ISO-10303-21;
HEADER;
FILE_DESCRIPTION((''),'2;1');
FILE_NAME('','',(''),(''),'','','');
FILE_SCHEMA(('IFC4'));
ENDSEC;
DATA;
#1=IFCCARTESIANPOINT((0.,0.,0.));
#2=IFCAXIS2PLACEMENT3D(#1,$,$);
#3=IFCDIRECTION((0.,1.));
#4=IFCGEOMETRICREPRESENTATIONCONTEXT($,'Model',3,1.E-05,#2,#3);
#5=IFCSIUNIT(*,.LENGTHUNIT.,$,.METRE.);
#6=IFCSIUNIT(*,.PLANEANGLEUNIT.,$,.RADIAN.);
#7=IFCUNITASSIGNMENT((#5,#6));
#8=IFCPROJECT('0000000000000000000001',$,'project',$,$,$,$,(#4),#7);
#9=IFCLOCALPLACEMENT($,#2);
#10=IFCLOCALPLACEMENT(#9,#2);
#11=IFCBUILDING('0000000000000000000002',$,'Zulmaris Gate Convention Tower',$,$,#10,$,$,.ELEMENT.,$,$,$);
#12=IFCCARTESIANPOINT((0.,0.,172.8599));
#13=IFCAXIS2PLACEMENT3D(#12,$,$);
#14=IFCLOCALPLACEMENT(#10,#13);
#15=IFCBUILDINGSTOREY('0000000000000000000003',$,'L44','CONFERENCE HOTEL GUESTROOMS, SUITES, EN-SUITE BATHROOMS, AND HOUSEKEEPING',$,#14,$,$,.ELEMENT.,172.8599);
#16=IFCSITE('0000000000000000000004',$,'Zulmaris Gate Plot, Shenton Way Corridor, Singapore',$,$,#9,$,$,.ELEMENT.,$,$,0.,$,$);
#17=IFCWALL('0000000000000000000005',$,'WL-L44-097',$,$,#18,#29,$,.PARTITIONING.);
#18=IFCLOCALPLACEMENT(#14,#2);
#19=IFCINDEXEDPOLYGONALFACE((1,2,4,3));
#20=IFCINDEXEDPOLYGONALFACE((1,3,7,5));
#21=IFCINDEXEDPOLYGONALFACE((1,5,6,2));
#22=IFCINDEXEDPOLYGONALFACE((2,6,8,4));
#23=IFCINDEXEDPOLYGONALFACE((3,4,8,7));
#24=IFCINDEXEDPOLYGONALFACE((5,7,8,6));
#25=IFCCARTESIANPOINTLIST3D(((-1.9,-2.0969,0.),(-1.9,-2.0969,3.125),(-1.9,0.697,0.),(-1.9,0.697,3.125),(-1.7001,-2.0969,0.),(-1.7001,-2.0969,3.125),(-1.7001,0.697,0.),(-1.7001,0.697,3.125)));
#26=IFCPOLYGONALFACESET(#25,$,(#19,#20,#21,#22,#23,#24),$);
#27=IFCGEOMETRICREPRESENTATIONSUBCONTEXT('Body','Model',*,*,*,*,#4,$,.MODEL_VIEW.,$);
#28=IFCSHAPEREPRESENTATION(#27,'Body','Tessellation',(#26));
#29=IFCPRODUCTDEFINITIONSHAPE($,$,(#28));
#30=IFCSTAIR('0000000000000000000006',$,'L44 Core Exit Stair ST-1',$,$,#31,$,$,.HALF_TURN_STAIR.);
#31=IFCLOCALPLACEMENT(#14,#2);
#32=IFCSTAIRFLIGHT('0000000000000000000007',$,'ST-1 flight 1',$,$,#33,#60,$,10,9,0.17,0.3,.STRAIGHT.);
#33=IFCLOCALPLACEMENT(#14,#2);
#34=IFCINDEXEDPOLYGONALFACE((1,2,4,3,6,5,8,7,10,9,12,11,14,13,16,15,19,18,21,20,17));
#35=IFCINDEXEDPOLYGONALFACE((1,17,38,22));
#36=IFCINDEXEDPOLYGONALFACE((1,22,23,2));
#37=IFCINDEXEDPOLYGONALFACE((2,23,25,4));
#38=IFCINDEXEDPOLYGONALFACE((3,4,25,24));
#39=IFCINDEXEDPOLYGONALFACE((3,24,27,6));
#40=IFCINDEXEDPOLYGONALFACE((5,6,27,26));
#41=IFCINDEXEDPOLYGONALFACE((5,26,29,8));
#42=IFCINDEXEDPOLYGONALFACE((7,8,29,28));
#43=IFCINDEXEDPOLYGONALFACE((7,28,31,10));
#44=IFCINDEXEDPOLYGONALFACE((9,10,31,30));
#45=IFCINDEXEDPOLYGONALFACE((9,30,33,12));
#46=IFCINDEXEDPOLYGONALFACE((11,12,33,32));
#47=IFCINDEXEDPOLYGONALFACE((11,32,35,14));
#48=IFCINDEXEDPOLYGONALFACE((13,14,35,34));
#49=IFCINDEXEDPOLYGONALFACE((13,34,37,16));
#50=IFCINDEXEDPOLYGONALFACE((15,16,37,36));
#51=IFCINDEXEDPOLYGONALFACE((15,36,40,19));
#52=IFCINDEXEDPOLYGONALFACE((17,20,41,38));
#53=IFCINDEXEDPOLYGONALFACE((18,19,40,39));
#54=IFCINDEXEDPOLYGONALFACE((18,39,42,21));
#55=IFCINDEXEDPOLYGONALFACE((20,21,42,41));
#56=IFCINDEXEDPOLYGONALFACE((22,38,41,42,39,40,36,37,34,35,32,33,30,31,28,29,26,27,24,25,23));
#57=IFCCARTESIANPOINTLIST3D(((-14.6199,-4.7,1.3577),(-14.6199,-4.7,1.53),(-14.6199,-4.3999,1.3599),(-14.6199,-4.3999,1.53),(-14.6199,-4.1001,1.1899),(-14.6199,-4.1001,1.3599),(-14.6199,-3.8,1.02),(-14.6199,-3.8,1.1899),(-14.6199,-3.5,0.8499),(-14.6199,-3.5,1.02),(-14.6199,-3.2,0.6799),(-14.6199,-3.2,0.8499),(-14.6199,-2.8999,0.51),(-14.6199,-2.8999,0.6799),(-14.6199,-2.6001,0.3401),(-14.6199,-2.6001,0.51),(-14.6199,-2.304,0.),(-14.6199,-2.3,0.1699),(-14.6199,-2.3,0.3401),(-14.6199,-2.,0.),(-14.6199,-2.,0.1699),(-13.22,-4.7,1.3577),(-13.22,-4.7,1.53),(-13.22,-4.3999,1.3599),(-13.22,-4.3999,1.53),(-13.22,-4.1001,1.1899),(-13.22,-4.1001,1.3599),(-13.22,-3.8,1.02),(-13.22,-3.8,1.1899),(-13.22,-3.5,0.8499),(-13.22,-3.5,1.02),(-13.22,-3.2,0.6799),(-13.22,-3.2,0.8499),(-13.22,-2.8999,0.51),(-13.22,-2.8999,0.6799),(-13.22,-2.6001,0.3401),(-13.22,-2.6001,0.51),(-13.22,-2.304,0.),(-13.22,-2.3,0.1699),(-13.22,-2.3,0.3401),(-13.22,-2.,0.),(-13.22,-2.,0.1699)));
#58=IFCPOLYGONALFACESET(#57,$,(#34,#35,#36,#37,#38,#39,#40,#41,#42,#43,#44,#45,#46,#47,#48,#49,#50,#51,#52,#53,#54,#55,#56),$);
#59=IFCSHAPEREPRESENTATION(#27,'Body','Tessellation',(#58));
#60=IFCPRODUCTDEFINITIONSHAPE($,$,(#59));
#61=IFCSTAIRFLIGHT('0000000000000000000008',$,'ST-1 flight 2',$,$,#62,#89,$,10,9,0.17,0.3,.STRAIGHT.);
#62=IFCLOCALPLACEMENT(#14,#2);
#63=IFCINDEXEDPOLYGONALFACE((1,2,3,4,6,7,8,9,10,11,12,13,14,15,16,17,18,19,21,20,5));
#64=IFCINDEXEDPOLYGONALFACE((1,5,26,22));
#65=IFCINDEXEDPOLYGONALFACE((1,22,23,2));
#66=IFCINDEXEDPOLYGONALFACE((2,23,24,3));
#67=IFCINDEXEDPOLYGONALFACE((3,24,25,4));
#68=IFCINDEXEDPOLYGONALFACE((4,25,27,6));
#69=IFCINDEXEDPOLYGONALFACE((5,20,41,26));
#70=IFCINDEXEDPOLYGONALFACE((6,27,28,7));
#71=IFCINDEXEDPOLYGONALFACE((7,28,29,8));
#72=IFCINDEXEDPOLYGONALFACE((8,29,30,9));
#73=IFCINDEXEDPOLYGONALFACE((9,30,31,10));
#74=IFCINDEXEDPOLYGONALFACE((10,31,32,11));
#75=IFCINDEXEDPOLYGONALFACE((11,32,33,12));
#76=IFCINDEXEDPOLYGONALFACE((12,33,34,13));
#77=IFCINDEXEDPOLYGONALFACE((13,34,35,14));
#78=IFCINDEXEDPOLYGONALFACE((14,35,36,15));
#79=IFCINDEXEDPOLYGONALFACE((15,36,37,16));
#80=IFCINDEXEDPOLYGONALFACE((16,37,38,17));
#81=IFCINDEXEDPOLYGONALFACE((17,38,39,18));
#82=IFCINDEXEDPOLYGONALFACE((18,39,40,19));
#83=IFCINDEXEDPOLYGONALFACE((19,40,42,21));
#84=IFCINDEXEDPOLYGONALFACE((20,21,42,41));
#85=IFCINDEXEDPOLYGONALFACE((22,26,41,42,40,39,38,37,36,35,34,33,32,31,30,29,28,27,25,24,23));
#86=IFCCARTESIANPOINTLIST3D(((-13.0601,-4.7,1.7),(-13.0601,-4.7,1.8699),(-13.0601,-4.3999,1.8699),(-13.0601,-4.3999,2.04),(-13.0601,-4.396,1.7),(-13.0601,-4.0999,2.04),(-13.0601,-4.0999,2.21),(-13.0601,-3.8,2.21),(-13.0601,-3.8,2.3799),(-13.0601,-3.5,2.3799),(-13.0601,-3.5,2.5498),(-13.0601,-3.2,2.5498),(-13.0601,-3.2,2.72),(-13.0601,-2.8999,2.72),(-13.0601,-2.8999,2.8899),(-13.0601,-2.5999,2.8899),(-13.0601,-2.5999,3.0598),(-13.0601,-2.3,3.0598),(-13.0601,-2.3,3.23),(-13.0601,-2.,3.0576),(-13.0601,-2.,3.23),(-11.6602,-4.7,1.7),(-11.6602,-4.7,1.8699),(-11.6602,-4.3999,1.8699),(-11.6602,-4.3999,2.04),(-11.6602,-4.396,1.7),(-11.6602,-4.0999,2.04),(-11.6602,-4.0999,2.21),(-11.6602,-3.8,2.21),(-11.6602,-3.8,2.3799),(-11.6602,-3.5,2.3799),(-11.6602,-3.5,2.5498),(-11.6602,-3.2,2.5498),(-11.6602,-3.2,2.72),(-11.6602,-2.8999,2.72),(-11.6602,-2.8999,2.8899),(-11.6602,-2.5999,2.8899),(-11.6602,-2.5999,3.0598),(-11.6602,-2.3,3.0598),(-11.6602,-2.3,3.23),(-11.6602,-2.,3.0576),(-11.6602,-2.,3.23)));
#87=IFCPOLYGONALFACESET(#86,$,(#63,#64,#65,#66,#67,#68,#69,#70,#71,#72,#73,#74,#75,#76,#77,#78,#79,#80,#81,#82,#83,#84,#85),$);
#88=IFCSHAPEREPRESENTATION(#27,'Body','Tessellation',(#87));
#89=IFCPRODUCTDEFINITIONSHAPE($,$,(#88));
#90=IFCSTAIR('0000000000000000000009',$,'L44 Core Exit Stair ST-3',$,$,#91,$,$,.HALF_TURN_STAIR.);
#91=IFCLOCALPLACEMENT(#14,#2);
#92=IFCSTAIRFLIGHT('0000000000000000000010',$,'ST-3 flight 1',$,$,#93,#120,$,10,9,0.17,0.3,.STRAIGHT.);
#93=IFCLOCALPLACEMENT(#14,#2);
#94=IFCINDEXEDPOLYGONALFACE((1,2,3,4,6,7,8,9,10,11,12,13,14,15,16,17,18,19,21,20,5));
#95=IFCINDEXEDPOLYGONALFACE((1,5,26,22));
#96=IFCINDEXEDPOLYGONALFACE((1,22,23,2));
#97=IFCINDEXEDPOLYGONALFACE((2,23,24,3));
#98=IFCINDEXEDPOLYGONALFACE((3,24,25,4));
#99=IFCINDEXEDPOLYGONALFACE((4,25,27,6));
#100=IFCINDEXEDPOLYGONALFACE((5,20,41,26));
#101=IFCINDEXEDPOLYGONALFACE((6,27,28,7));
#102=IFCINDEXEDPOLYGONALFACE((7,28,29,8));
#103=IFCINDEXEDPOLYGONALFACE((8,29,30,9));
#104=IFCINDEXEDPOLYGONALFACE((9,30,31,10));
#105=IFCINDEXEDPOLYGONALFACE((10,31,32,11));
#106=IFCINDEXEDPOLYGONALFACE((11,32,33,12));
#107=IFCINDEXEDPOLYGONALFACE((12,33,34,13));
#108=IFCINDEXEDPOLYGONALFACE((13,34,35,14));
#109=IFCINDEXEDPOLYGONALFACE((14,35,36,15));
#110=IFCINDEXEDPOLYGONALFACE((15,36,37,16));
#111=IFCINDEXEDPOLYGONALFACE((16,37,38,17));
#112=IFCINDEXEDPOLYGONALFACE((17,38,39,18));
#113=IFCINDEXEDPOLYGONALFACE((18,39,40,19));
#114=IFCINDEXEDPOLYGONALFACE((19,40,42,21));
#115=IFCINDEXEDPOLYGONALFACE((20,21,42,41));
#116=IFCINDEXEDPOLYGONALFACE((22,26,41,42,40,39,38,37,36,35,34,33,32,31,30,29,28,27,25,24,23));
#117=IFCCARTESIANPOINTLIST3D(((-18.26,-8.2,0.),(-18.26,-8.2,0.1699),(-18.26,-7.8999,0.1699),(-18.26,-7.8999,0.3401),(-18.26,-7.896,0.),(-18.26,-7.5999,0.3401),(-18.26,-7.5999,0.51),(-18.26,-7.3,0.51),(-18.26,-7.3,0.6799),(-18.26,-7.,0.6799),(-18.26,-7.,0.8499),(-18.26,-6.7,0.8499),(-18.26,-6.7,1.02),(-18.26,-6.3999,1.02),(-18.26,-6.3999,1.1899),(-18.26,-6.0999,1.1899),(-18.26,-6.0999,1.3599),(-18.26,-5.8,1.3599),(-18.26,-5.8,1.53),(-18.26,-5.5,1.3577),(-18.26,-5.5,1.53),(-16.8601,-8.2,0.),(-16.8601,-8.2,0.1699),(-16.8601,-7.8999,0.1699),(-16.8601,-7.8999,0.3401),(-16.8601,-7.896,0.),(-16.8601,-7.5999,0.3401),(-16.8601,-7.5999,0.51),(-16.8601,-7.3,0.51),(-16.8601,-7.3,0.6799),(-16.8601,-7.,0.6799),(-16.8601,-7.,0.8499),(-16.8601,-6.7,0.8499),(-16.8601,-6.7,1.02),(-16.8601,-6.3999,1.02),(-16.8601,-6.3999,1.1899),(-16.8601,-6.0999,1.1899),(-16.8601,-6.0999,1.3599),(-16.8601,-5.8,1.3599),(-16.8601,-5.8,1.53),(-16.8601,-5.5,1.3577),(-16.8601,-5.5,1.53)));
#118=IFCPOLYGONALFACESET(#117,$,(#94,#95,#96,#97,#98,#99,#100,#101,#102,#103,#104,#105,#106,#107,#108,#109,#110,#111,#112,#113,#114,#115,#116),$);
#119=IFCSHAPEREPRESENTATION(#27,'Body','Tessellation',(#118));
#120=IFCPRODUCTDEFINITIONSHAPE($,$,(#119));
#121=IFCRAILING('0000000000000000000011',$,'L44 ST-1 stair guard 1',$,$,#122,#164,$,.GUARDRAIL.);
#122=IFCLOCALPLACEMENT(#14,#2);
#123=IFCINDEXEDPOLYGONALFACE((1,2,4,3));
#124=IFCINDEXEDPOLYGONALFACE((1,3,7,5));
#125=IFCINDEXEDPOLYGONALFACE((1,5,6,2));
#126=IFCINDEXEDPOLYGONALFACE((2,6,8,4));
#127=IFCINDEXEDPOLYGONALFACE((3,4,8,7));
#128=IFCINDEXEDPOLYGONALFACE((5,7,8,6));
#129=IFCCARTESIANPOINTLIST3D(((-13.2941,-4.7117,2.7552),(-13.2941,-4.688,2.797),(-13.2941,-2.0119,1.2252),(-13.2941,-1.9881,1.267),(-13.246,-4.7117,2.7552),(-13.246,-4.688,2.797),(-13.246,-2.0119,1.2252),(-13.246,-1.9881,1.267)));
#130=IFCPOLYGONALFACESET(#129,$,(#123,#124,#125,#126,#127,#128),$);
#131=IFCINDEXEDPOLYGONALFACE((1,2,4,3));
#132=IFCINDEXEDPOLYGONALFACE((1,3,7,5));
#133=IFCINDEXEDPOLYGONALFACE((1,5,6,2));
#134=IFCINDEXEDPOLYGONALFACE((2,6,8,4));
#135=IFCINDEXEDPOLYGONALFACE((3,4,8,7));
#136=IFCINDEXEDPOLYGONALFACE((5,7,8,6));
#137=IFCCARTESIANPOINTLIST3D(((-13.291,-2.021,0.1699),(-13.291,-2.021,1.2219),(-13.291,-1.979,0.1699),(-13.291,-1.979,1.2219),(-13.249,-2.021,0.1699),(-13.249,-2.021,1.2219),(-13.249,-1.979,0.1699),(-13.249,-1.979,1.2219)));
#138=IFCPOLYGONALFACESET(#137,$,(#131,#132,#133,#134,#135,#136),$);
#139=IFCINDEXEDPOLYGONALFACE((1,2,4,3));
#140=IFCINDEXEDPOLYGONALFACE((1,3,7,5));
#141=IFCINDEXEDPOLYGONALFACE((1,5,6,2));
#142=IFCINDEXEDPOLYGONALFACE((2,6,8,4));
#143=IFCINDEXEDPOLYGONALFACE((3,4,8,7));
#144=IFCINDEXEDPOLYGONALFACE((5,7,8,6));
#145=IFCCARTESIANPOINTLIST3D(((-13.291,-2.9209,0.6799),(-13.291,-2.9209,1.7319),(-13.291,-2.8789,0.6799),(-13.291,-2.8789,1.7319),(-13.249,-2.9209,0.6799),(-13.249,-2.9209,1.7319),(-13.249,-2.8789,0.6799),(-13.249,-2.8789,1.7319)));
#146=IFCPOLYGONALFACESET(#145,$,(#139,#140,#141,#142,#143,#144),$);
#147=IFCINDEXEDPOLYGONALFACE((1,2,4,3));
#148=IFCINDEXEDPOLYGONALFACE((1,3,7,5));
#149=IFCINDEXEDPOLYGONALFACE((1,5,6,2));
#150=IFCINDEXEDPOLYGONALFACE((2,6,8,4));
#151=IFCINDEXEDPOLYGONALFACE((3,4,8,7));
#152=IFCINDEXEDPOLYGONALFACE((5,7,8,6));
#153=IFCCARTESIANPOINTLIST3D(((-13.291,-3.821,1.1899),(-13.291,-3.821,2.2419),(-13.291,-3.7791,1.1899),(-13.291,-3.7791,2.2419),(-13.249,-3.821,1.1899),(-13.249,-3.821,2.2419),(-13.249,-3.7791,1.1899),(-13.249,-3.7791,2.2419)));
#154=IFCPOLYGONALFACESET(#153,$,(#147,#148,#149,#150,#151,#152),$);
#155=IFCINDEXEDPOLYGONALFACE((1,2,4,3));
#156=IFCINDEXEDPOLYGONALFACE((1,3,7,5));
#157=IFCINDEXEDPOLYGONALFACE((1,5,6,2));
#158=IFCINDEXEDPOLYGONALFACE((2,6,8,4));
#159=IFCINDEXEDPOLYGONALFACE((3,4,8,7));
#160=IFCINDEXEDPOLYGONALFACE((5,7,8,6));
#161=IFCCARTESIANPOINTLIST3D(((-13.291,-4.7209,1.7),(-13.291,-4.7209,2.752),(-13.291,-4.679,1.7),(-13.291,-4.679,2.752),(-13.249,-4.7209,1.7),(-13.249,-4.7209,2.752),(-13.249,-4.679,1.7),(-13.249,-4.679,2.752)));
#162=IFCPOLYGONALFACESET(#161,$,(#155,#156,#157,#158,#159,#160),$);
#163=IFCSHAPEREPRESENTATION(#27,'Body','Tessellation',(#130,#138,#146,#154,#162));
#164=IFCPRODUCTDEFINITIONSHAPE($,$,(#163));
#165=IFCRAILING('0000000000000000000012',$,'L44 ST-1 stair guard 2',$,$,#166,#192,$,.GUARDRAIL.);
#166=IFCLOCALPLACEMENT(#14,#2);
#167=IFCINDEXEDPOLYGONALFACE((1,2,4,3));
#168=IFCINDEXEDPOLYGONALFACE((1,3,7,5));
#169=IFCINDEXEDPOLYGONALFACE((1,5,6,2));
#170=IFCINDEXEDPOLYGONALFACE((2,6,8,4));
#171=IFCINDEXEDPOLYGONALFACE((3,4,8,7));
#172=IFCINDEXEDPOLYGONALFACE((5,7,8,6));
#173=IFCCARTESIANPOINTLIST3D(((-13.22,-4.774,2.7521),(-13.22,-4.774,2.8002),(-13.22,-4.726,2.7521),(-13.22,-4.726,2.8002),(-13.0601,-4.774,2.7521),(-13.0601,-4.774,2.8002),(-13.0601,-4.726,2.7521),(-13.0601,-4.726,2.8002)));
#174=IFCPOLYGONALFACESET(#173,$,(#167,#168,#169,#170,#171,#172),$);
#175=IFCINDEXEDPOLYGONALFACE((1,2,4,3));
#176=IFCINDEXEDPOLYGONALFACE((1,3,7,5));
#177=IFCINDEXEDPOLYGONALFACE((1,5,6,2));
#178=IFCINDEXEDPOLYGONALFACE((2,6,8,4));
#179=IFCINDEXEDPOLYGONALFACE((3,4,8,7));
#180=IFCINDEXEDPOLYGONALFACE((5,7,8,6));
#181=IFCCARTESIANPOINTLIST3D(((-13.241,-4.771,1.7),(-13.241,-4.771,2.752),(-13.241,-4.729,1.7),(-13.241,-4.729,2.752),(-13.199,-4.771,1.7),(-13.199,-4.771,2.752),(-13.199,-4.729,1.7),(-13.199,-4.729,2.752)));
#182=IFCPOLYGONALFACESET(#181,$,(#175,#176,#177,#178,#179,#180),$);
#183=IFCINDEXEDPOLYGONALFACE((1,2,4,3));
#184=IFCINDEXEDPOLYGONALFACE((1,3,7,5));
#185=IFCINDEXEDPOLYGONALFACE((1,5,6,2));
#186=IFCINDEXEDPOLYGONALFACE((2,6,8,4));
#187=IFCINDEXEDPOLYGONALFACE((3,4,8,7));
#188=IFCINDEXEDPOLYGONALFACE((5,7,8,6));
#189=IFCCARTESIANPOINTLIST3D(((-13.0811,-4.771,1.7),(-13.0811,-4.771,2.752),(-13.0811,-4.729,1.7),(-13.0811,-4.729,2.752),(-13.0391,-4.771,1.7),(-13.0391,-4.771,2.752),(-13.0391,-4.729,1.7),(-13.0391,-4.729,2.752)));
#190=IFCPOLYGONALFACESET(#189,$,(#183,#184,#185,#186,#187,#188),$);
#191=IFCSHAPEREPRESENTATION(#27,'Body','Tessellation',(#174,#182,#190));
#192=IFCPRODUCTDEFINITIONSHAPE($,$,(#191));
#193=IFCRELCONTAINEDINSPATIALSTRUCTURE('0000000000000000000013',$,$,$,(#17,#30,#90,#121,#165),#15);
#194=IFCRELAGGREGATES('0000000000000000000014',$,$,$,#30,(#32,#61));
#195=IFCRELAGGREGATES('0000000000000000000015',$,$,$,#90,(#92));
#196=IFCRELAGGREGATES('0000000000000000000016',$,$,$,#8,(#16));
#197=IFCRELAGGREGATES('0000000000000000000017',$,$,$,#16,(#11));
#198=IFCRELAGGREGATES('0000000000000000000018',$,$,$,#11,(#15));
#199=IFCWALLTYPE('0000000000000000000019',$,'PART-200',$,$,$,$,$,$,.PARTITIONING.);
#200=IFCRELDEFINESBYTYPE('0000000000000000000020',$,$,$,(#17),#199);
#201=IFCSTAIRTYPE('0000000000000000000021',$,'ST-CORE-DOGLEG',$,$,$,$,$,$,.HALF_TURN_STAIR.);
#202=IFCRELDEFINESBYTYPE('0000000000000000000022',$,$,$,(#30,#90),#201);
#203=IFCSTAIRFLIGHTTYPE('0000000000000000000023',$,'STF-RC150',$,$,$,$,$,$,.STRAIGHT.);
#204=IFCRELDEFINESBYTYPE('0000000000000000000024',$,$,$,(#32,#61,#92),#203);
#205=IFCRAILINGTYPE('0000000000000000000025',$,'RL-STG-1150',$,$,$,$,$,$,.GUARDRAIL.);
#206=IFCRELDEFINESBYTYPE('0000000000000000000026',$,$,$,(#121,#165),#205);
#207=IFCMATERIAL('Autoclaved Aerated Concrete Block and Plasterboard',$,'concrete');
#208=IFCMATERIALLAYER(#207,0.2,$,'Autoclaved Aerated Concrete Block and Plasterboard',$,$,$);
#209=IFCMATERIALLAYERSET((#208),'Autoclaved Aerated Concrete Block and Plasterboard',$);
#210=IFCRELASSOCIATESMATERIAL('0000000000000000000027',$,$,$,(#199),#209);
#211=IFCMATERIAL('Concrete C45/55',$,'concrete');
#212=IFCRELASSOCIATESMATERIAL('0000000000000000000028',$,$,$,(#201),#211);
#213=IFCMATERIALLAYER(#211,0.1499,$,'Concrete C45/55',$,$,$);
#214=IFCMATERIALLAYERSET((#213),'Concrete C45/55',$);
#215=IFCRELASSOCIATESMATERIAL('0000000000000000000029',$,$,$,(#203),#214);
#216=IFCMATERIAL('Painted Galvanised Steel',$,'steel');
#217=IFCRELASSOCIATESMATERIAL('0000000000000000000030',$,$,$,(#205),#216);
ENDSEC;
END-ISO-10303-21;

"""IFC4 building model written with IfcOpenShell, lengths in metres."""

from ifc_helpers import new_model, si_unit, direction, frame, frame_2d, origin, origin_2d, place, context, subcontext, project, spatial, polyline, rectangle, outline, extrude, material, layer, layer_set, type_object, element, aggregate, save


model = new_model("IFC4")

# Units and contexts
model_context = context("Model", 3, precision=1e-05, world=origin(), true_north=direction((0.0, 1.0)))
body_context = subcontext(model_context, "Body", "Model", "MODEL_VIEW")
ifc_project = project(units=[si_unit("LENGTHUNIT", "METRE"), si_unit("PLANEANGLEUNIT", "RADIAN")], contexts=[model_context])

# Site, building, storey
site_placement = place(None, origin())
site = spatial("IfcSite", under=ifc_project, at=site_placement, Name="Zulmaris Gate Plot, Shenton Way Corridor, Singapore", CompositionType="ELEMENT", RefElevation=0.0)
building_placement = place(site_placement, origin())
building = spatial("IfcBuilding", under=site, at=building_placement, Name="Zulmaris Gate Convention Tower", CompositionType="ELEMENT")
storey_placement = place(building_placement, frame((0.0, 0.0, 172.8599)))
storey = spatial("IfcBuildingStorey", under=building, at=storey_placement, Name="L44", Description="CONFERENCE HOTEL GUESTROOMS, SUITES, EN-SUITE BATHROOMS, AND HOUSEKEEPING", CompositionType="ELEMENT", Elevation=172.8599)

# Wall
ifc_material_1 = material(Name="Autoclaved Aerated Concrete Block and Plasterboard", Category="concrete")
ifc_layer_1 = layer(ifc_material_1, 0.2, Name="Autoclaved Aerated Concrete Block and Plasterboard")
ifc_layer_set_1 = layer_set([ifc_layer_1], Name="Autoclaved Aerated Concrete Block and Plasterboard")
wall_type_1 = type_object("IfcWallType", Name="PART-200", PredefinedType="PARTITIONING", material=ifc_layer_set_1)
for number, where, z_axis, x_axis, name in (
    (1, (-1.8, -2.0969, 0.0), (0.0, 0.0, 1.0), (0.0, 1.0, 0.0), "WL-L44-097"),
):
    element("IfcWall", number, at=place(storey_placement, frame(where, z_axis=z_axis, x_axis=x_axis)), inside=storey, type_object=wall_type_1, Name=name, PredefinedType="PARTITIONING", context=body_context, shape_type="SweptSolid", body=[
        extrude(rectangle(XDim=2.7939, YDim=0.2, at=frame_2d((1.397, 0.0))), origin(), (0.0, 0.0, 1.0), 3.125),
    ])

# Stair, stair flights
ifc_material_2 = material(Name="Concrete C45/55", Category="concrete")
stair_type = type_object("IfcStairType", Name="ST-CORE-DOGLEG", PredefinedType="HALF_TURN_STAIR", material=ifc_material_2)
stair_1_placement = place(storey_placement, origin())
stair_1 = element("IfcStair", 2, at=stair_1_placement, inside=storey, type_object=stair_type, Name="L44 Core Exit Stair ST-1", PredefinedType="HALF_TURN_STAIR")
ifc_layer_2 = layer(ifc_material_2, 0.1499, Name="Concrete C45/55")
ifc_layer_set_2 = layer_set([ifc_layer_2], Name="Concrete C45/55")
stair_flight_type = type_object("IfcStairFlightType", Name="STF-RC150", PredefinedType="STRAIGHT", material=ifc_layer_set_2)
stair_flight_1_placement = place(storey_placement, frame((-13.9199, -2.0, 0.0), z_axis=(0.0, 0.0, 1.0), x_axis=(0.0, -1.0, 0.0)))
stair_flight_1 = element("IfcStairFlight", 3, at=stair_flight_1_placement, type_object=stair_flight_type, Name="ST-1 flight 1", NumberOfRisers=10, NumberOfTreads=9, PredefinedType="STRAIGHT", RiserHeight=0.17, TreadLength=0.3, context=body_context, shape_type="SweptSolid", body=[
    extrude(outline(polyline([(0.0, 0.0), (0.0, 0.1699), (0.3, 0.1699), (0.3, 0.3401), (0.6001, 0.3401), (0.6001, 0.51), (0.8999, 0.51), (0.8999, 0.6799), (1.2, 0.6799), (1.2, 0.8499), (1.5, 0.8499), (1.5, 1.02), (1.8, 1.02), (1.8, 1.1899), (2.1001, 1.1899), (2.1001, 1.3599), (2.3999, 1.3599), (2.3999, 1.53), (2.7, 1.53), (2.7, 1.7), (2.7, 1.3577), (0.304, 0.0), (0.0, 0.0)])), frame((0.0, 0.7, 0.0), z_axis=(0.0, -1.0, 0.0), x_axis=(1.0, 0.0, 0.0)), (0.0, 0.0, 1.0), 1.3999),
])
stair_flight_2_placement = place(storey_placement, frame((-12.3601, -4.7, 1.7), z_axis=(0.0, 0.0, 1.0), x_axis=(0.0, 1.0, 0.0)))
stair_flight_2 = element("IfcStairFlight", 4, at=stair_flight_2_placement, type_object=stair_flight_type, Name="ST-1 flight 2", NumberOfRisers=10, NumberOfTreads=9, PredefinedType="STRAIGHT", RiserHeight=0.17, TreadLength=0.3, context=body_context, shape_type="SweptSolid", body=[
    extrude(outline(polyline([(0.0, 0.0), (0.0, 0.1699), (0.3, 0.1699), (0.3, 0.3401), (0.6001, 0.3401), (0.6001, 0.51), (0.8999, 0.51), (0.8999, 0.6799), (1.2, 0.6799), (1.2, 0.8499), (1.5, 0.8499), (1.5, 1.02), (1.8, 1.02), (1.8, 1.1899), (2.1001, 1.1899), (2.1001, 1.3599), (2.3999, 1.3599), (2.3999, 1.53), (2.7, 1.53), (2.7, 1.7), (2.7, 1.3577), (0.304, 0.0), (0.0, 0.0)])), frame((0.0, 0.7, 0.0), z_axis=(0.0, -1.0, 0.0), x_axis=(1.0, 0.0, 0.0)), (0.0, 0.0, 1.0), 1.3999),
])
aggregate(stair_1, [stair_flight_1, stair_flight_2])

# Stair, stair flight
stair_2_placement = place(storey_placement, origin())
stair_2 = element("IfcStair", 5, at=stair_2_placement, inside=storey, type_object=stair_type, Name="L44 Core Exit Stair ST-3", PredefinedType="HALF_TURN_STAIR")
stair_flight_3_placement = place(storey_placement, frame((-17.5601, -8.2, 0.0), z_axis=(0.0, 0.0, 1.0), x_axis=(0.0, 1.0, 0.0)))
stair_flight_3 = element("IfcStairFlight", 6, at=stair_flight_3_placement, type_object=stair_flight_type, Name="ST-3 flight 1", NumberOfRisers=10, NumberOfTreads=9, PredefinedType="STRAIGHT", RiserHeight=0.17, TreadLength=0.3, context=body_context, shape_type="SweptSolid", body=[
    extrude(outline(polyline([(0.0, 0.0), (0.0, 0.1699), (0.3, 0.1699), (0.3, 0.3401), (0.6001, 0.3401), (0.6001, 0.51), (0.8999, 0.51), (0.8999, 0.6799), (1.2, 0.6799), (1.2, 0.8499), (1.5, 0.8499), (1.5, 1.02), (1.8, 1.02), (1.8, 1.1899), (2.1001, 1.1899), (2.1001, 1.3599), (2.3999, 1.3599), (2.3999, 1.53), (2.7, 1.53), (2.7, 1.7), (2.7, 1.3577), (0.304, 0.0), (0.0, 0.0)])), frame((0.0, 0.7, 0.0), z_axis=(0.0, -1.0, 0.0), x_axis=(1.0, 0.0, 0.0)), (0.0, 0.0, 1.0), 1.3999),
])
aggregate(stair_2, [stair_flight_3])

# Railings
ifc_material_3 = material(Name="Painted Galvanised Steel", Category="steel")
railing_type_1 = type_object("IfcRailingType", Name="RL-STG-1150", PredefinedType="GUARDRAIL", material=ifc_material_3)
railing_1_placement = place(storey_placement, frame((-13.27, -2.0, 0.1699)))
element("IfcRailing", 7, at=railing_1_placement, inside=storey, type_object=railing_type_1, Name="L44 ST-1 stair guard 1", PredefinedType="GUARDRAIL", context=body_context, shape_type="SweptSolid", body=[
    extrude(rectangle(XDim=0.0481, YDim=0.0481, at=origin_2d()), frame((0.0, 0.0, 1.0762), z_axis=(0.0, -0.870014, 0.493026), x_axis=(1.0, 0.0, 0.0)), (0.0, 0.0, 1.0), 3.1033),
    extrude(rectangle(XDim=0.042, YDim=0.042, at=origin_2d()), origin(), (0.0, 0.0, 1.0), 1.052),
    extrude(rectangle(XDim=0.042, YDim=0.042, at=origin_2d()), frame((0.0, -0.8999, 0.51)), (0.0, 0.0, 1.0), 1.052),
    extrude(rectangle(XDim=0.042, YDim=0.042, at=origin_2d()), frame((0.0, -1.8, 1.02)), (0.0, 0.0, 1.0), 1.052),
    extrude(rectangle(XDim=0.042, YDim=0.042, at=origin_2d()), frame((0.0, -2.7, 1.53)), (0.0, 0.0, 1.0), 1.052),
])
railing_2_placement = place(storey_placement, frame((-13.22, -4.75, 1.7)))
element("IfcRailing", 8, at=railing_2_placement, inside=storey, type_object=railing_type_1, Name="L44 ST-1 stair guard 2", PredefinedType="GUARDRAIL", context=body_context, shape_type="SweptSolid", body=[
    extrude(rectangle(XDim=0.0481, YDim=0.0481, at=origin_2d()), frame((0.0, 0.0, 1.0762), z_axis=(1.0, 0.0, 0.0), x_axis=(0.0, 1.0, 0.0)), (0.0, 0.0, 1.0), 0.1599),
    extrude(rectangle(XDim=0.042, YDim=0.042, at=origin_2d()), origin(), (0.0, 0.0, 1.0), 1.052),
    extrude(rectangle(XDim=0.042, YDim=0.042, at=origin_2d()), frame((0.1599, 0.0, 0.0)), (0.0, 0.0, 1.0), 1.052),
])

save(model, "model.ifc")
